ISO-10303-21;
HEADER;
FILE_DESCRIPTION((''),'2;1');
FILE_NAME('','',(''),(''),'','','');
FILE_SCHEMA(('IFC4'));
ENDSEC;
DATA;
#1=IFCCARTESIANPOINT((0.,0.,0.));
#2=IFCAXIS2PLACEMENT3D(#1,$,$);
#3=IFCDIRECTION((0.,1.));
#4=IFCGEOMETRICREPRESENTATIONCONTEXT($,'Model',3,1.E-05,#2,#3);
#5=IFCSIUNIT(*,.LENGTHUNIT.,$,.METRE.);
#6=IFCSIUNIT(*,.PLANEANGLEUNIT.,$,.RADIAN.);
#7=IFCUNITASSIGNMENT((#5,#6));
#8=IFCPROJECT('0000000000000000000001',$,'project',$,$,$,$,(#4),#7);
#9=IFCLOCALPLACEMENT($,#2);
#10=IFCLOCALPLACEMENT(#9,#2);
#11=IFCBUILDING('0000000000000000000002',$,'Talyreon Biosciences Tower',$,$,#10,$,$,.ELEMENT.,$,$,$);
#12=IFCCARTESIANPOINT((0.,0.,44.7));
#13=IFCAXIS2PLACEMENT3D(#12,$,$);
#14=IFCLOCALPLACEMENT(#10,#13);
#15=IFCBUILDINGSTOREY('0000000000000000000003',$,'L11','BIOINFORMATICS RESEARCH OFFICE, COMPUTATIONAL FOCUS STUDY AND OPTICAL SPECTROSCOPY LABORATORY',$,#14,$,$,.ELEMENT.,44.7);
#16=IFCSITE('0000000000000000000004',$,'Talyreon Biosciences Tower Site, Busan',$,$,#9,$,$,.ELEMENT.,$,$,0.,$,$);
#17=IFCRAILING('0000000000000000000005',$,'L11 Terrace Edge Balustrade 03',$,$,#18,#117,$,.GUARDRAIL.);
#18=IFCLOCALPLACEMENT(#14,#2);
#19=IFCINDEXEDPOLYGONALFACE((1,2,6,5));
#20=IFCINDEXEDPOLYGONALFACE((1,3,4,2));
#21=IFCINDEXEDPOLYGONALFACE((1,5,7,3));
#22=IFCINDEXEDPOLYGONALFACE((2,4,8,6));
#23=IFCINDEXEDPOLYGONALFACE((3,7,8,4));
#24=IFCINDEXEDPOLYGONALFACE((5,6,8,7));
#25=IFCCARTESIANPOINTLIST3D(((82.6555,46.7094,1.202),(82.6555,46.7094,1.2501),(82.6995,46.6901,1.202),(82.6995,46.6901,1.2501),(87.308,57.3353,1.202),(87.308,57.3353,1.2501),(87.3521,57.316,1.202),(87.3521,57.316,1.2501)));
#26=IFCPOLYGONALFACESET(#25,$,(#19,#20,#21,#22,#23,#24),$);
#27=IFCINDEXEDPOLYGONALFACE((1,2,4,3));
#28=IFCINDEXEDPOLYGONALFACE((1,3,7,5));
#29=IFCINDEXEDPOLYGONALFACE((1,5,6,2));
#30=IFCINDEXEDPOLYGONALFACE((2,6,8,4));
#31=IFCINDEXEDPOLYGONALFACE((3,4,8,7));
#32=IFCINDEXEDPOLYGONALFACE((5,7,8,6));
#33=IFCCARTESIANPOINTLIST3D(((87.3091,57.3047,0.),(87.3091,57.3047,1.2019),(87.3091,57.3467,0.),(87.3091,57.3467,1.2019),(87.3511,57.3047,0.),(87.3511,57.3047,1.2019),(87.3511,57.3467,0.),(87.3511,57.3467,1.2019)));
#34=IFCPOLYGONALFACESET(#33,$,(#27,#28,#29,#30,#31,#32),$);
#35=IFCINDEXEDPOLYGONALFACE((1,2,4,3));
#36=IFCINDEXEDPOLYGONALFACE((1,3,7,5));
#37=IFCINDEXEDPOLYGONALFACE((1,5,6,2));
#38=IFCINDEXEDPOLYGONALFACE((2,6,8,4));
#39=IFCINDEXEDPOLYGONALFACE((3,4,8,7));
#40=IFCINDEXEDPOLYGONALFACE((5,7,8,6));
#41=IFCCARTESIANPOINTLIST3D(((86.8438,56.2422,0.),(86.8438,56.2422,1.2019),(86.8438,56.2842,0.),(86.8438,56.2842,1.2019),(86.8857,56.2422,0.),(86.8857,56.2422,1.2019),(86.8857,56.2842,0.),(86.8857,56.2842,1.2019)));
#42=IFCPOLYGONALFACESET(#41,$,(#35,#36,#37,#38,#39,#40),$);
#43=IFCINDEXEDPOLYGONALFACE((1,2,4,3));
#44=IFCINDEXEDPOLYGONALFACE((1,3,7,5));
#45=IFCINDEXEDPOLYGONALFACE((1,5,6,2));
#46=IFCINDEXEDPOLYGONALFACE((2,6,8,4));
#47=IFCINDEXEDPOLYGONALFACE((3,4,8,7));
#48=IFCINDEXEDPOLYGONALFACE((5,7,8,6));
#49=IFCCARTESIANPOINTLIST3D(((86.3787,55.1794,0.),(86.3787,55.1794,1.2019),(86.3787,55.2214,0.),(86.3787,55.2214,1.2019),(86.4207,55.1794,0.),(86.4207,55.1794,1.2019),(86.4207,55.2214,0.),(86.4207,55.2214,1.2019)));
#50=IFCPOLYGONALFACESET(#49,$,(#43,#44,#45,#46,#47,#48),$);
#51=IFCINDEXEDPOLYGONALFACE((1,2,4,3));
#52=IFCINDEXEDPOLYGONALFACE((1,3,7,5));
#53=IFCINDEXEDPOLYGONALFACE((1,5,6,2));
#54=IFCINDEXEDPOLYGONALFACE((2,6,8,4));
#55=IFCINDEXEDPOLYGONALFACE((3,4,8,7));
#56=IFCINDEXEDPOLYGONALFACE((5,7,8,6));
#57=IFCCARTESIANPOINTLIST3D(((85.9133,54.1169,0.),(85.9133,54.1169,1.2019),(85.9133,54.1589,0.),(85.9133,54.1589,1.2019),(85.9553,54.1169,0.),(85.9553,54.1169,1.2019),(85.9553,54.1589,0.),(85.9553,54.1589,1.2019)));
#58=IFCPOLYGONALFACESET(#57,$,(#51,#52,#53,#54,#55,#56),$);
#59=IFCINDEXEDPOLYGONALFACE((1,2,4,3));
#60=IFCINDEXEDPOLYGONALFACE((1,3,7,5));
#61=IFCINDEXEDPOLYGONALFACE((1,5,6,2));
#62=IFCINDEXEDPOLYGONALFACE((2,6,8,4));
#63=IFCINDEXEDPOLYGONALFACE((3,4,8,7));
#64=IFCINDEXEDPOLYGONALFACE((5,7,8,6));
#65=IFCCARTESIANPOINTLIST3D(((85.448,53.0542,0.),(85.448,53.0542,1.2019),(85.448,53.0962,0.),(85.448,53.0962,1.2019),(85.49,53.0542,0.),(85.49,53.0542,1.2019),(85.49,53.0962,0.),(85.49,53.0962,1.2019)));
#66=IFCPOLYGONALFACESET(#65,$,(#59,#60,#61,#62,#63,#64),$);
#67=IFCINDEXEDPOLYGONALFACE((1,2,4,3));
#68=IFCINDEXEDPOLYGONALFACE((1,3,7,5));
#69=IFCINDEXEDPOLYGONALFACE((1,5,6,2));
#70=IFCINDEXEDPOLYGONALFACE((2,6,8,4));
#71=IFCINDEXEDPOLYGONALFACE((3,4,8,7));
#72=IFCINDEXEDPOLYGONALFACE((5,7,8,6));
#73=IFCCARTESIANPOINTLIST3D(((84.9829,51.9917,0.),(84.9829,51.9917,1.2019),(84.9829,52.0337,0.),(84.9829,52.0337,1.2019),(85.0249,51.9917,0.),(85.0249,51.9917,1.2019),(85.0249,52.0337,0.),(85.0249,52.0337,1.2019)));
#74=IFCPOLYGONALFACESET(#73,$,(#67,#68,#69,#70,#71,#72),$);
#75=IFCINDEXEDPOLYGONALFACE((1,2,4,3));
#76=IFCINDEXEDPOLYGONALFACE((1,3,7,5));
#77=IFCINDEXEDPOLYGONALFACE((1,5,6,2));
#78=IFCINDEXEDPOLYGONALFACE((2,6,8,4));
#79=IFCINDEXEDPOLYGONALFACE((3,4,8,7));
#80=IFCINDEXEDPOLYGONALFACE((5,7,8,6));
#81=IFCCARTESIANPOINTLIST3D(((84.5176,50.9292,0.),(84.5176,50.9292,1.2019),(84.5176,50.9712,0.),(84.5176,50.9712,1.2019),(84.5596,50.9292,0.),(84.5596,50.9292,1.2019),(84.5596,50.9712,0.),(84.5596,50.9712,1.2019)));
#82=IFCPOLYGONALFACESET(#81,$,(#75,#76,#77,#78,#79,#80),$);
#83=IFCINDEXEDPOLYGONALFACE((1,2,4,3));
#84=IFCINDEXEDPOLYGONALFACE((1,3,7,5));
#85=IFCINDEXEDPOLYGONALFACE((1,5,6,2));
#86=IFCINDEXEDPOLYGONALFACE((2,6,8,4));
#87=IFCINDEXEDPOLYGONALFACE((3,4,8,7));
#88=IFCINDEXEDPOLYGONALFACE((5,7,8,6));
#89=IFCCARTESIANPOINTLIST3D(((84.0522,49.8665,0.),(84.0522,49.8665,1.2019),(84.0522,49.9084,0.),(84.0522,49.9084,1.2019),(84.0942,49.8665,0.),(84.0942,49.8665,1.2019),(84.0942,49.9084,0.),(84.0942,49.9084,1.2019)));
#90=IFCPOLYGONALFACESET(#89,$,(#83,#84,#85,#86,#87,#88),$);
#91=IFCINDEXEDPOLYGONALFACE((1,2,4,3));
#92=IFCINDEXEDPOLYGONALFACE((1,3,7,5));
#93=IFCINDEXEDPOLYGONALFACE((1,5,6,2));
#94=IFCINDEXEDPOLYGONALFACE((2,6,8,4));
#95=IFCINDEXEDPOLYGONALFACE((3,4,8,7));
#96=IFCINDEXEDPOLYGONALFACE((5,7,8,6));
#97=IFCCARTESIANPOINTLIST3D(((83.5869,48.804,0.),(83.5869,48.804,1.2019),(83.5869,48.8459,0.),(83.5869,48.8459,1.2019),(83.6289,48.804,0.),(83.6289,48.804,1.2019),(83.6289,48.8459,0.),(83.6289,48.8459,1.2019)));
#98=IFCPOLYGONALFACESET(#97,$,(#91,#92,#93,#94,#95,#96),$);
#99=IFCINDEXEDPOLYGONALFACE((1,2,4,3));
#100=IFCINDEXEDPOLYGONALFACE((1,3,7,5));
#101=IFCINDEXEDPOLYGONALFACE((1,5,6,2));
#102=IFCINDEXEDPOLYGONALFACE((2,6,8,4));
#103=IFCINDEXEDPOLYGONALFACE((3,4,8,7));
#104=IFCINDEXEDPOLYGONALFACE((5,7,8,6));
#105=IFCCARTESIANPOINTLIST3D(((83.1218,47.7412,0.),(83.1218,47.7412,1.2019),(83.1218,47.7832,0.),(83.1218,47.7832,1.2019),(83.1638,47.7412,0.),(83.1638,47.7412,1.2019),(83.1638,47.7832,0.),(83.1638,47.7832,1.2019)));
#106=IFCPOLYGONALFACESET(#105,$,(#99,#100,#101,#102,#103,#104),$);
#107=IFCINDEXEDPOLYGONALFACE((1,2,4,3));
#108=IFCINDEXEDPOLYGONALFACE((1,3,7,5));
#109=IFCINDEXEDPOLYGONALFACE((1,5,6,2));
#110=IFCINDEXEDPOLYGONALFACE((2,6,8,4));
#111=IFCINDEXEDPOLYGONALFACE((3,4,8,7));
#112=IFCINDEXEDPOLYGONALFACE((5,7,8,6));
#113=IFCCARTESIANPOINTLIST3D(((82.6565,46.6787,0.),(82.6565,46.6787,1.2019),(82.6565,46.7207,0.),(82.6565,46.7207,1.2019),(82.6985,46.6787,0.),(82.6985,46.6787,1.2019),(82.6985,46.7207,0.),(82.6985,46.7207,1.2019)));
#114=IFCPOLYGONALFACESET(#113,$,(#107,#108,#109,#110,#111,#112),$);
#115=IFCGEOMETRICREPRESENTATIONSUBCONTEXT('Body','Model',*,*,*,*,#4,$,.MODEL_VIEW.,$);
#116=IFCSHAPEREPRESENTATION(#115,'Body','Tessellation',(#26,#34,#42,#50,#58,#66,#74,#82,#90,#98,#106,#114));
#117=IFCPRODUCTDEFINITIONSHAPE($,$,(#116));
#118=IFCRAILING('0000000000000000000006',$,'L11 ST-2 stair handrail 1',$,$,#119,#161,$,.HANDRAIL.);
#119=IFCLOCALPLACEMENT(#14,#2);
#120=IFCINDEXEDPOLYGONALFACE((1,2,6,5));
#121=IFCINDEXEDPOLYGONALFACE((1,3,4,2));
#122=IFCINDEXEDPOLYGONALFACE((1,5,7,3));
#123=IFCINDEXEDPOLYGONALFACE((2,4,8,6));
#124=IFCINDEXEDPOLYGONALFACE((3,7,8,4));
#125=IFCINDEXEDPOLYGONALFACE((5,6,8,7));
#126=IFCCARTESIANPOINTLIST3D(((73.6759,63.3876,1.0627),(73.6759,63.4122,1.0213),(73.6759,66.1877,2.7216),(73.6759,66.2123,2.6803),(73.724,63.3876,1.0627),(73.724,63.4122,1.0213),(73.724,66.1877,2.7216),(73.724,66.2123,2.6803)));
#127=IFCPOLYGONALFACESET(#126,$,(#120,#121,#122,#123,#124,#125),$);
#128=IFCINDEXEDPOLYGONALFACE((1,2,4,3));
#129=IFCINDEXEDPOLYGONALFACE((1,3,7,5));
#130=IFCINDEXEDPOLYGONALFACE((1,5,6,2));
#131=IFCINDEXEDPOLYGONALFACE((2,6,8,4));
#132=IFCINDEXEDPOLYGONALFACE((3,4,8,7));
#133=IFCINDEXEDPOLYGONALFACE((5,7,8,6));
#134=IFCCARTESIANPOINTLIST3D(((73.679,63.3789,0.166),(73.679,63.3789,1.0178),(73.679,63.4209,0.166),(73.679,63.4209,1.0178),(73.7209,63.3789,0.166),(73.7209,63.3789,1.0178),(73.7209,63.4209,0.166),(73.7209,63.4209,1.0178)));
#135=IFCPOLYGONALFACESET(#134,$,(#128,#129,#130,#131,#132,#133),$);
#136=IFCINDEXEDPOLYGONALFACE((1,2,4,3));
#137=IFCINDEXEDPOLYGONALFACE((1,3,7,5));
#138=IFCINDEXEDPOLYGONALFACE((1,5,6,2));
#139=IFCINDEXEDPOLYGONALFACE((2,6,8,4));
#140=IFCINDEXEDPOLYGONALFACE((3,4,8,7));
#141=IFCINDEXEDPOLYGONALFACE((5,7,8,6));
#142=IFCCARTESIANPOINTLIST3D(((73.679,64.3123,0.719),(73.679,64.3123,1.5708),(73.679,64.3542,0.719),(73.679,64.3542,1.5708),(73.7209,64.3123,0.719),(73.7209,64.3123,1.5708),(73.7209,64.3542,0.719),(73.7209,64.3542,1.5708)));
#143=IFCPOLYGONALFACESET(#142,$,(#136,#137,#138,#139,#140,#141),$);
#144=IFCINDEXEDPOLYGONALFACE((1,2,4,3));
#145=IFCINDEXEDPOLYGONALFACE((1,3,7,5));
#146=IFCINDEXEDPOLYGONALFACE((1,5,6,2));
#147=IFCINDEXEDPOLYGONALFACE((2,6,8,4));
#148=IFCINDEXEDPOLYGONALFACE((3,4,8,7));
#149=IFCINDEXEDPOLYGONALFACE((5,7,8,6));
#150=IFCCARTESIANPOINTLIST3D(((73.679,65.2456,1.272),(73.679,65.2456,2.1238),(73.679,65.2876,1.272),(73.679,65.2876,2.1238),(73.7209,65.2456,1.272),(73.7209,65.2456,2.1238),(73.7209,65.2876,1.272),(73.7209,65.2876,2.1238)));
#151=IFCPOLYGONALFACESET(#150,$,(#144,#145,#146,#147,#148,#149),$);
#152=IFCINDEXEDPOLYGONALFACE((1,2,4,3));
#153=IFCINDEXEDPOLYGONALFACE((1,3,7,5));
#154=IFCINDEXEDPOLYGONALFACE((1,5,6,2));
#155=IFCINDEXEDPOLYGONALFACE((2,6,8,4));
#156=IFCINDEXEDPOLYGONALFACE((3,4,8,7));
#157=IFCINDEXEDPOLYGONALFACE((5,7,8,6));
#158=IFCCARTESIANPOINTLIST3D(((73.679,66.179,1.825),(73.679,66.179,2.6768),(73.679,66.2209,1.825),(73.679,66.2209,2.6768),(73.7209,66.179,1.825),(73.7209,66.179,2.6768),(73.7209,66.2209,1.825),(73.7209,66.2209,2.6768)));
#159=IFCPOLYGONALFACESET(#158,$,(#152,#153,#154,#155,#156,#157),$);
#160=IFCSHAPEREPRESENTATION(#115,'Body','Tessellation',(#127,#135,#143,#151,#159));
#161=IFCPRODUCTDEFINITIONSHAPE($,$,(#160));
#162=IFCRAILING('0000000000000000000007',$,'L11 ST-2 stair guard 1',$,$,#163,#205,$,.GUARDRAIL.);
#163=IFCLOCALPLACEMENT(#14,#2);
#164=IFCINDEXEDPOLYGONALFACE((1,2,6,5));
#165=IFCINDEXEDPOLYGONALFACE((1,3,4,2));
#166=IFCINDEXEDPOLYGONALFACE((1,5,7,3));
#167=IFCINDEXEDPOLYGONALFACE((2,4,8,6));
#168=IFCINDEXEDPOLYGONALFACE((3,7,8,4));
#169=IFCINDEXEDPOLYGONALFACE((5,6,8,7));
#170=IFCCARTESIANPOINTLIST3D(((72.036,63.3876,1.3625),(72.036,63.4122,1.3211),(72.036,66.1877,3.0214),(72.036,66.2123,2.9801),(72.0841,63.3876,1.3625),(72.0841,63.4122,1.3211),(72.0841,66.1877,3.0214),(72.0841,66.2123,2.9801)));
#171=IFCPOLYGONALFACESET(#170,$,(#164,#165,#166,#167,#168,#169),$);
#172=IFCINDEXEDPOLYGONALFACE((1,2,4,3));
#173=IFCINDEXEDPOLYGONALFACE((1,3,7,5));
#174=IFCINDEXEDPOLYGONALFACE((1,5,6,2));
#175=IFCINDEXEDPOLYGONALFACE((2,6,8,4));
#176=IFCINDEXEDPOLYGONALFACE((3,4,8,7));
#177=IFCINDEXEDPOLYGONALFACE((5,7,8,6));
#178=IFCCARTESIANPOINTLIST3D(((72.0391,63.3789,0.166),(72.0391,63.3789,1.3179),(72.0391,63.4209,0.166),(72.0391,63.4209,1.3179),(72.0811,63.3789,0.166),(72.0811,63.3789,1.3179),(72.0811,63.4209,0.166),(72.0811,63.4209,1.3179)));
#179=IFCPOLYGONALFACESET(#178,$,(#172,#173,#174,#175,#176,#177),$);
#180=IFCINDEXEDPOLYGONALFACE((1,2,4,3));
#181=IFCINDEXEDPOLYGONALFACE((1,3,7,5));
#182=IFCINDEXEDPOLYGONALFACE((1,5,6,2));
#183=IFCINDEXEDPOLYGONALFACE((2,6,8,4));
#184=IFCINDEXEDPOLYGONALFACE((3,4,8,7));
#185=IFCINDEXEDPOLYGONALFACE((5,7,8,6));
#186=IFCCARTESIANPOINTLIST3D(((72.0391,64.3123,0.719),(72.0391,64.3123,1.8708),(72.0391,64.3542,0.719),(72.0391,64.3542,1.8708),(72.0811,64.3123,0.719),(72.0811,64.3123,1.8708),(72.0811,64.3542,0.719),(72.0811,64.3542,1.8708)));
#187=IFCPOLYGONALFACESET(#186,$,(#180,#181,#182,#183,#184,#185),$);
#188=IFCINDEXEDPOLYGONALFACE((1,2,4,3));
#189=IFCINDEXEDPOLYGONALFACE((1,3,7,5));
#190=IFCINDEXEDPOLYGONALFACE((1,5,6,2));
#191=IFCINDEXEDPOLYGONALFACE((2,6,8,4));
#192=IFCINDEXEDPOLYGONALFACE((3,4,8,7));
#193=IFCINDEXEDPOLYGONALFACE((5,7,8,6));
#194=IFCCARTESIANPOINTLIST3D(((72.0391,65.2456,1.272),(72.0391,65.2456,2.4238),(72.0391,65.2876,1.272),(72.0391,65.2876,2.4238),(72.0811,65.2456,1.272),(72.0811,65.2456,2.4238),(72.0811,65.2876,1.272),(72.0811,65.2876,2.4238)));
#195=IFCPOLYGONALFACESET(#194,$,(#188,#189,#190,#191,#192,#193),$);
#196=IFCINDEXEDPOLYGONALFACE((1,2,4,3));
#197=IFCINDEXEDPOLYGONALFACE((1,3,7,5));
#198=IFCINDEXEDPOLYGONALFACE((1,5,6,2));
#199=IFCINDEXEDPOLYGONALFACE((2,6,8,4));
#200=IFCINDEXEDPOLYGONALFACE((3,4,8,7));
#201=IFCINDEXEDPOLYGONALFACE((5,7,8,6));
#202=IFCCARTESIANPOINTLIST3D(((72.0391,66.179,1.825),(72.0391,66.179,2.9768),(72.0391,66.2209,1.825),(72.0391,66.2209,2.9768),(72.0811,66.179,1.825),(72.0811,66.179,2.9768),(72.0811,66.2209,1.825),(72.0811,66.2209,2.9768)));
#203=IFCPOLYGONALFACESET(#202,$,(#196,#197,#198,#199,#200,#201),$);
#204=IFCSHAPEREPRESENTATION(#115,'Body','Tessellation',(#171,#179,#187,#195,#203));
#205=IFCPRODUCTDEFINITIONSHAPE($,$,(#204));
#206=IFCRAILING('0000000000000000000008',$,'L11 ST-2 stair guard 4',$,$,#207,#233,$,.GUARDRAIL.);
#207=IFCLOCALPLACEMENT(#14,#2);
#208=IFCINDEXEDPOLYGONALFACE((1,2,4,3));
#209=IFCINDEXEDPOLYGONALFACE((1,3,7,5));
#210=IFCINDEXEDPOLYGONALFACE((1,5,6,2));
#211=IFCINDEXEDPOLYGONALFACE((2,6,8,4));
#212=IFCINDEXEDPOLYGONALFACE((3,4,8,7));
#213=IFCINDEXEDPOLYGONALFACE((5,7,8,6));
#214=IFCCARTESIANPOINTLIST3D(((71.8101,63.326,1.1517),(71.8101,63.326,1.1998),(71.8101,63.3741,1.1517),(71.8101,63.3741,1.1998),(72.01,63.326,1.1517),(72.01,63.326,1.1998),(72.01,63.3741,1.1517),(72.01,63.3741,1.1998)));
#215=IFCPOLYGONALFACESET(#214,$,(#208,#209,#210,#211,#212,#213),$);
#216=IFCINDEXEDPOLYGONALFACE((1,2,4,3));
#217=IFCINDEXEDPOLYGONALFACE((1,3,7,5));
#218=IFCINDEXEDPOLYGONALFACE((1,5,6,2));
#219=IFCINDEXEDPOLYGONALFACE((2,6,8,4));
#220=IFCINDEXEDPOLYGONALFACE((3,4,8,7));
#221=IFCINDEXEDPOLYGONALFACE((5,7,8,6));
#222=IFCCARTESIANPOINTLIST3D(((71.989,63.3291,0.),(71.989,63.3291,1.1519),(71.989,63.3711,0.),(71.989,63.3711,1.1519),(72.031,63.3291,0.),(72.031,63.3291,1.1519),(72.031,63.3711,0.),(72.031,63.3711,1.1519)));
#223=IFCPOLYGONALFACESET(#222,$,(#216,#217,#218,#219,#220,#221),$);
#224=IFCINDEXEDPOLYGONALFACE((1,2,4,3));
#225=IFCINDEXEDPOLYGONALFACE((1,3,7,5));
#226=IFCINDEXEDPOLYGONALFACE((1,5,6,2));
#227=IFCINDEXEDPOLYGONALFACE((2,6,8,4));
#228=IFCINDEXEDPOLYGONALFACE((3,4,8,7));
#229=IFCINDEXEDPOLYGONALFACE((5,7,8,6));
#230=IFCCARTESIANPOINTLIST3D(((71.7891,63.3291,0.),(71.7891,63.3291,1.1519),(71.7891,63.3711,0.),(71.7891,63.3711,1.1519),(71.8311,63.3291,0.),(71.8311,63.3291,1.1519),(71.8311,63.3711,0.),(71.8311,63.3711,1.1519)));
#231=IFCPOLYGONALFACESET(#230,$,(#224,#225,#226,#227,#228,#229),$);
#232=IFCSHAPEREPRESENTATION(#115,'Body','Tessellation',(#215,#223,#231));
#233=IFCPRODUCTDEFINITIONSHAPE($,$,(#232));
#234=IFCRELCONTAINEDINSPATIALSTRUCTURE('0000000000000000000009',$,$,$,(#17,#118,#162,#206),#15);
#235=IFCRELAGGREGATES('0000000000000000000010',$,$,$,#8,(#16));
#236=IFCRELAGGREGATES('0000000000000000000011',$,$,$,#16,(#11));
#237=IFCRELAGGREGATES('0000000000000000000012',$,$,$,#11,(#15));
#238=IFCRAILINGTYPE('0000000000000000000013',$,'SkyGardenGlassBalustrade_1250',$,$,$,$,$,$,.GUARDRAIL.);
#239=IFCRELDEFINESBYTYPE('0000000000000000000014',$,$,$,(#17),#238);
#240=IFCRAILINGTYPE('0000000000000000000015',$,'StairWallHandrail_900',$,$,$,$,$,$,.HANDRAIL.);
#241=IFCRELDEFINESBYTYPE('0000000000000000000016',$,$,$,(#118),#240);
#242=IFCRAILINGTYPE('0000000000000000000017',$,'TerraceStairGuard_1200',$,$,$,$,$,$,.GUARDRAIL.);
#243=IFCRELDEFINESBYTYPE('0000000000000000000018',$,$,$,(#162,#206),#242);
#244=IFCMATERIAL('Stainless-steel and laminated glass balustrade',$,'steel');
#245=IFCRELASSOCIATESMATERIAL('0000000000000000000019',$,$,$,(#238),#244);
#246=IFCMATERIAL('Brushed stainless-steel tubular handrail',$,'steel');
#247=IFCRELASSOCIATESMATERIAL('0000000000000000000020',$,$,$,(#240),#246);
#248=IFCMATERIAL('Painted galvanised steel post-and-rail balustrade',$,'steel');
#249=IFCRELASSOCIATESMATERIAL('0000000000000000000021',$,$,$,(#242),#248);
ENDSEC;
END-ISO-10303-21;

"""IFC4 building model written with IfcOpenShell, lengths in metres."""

from ifc_helpers import new_model, si_unit, direction, frame, origin, origin_2d, place, context, subcontext, project, spatial, rectangle, extrude, material, type_object, element, save


model = new_model("IFC4")

# Units and contexts
model_context = context("Model", 3, precision=1e-05, world=origin(), true_north=direction((0.0, 1.0)))
body_context = subcontext(model_context, "Body", "Model", "MODEL_VIEW")
ifc_project = project(units=[si_unit("LENGTHUNIT", "METRE"), si_unit("PLANEANGLEUNIT", "RADIAN")], contexts=[model_context])

# Site, building, storey
site_placement = place(None, origin())
site = spatial("IfcSite", under=ifc_project, at=site_placement, Name="Talyreon Biosciences Tower Site, Busan", CompositionType="ELEMENT", RefElevation=0.0)
building_placement = place(site_placement, origin())
building = spatial("IfcBuilding", under=site, at=building_placement, Name="Talyreon Biosciences Tower", CompositionType="ELEMENT")
storey_placement = place(building_placement, frame((0.0, 0.0, 44.7)))
storey = spatial("IfcBuildingStorey", under=building, at=storey_placement, Name="L11", Description="BIOINFORMATICS RESEARCH OFFICE, COMPUTATIONAL FOCUS STUDY AND OPTICAL SPECTROSCOPY LABORATORY", CompositionType="ELEMENT", Elevation=44.7)

# Railings
ifc_material_1 = material(Name="Stainless-steel and laminated glass balustrade", Category="steel")
railing_type_1 = type_object("IfcRailingType", Name="SkyGardenGlassBalustrade_1250", PredefinedType="GUARDRAIL", material=ifc_material_1)
railing_1_placement = place(storey_placement, frame((87.3301, 57.3257, 0.0)))
element("IfcRailing", 1, at=railing_1_placement, inside=storey, type_object=railing_type_1, Name="L11 Terrace Edge Balustrade 03", PredefinedType="GUARDRAIL", context=body_context, shape_type="SweptSolid", body=[
    extrude(rectangle(XDim=0.0481, YDim=0.0481, at=origin_2d()), frame((0.0, 0.0, 1.2261), z_axis=(-0.401088, -0.916039, 0.0), x_axis=(0.916039, -0.401088, 0.0)), (0.0, 0.0, 1.0), 11.5999),
    extrude(rectangle(XDim=0.042, YDim=0.042, at=origin_2d()), origin(), (0.0, 0.0, 1.0), 1.2019),
    extrude(rectangle(XDim=0.042, YDim=0.042, at=origin_2d()), frame((-0.4653, -1.0625, 0.0)), (0.0, 0.0, 1.0), 1.2019),
    extrude(rectangle(XDim=0.042, YDim=0.042, at=origin_2d()), frame((-0.9304, -2.1252, 0.0)), (0.0, 0.0, 1.0), 1.2019),
    extrude(rectangle(XDim=0.042, YDim=0.042, at=origin_2d()), frame((-1.3958, -3.1877, 0.0)), (0.0, 0.0, 1.0), 1.2019),
    extrude(rectangle(XDim=0.042, YDim=0.042, at=origin_2d()), frame((-1.8611, -4.2505, 0.0)), (0.0, 0.0, 1.0), 1.2019),
    extrude(rectangle(XDim=0.042, YDim=0.042, at=origin_2d()), frame((-2.3262, -5.313, 0.0)), (0.0, 0.0, 1.0), 1.2019),
    extrude(rectangle(XDim=0.042, YDim=0.042, at=origin_2d()), frame((-2.7915, -6.3755, 0.0)), (0.0, 0.0, 1.0), 1.2019),
    extrude(rectangle(XDim=0.042, YDim=0.042, at=origin_2d()), frame((-3.2568, -7.4382, 0.0)), (0.0, 0.0, 1.0), 1.2019),
    extrude(rectangle(XDim=0.042, YDim=0.042, at=origin_2d()), frame((-3.7222, -8.5007, 0.0)), (0.0, 0.0, 1.0), 1.2019),
    extrude(rectangle(XDim=0.042, YDim=0.042, at=origin_2d()), frame((-4.1873, -9.5635, 0.0)), (0.0, 0.0, 1.0), 1.2019),
    extrude(rectangle(XDim=0.042, YDim=0.042, at=origin_2d()), frame((-4.6526, -10.626, 0.0)), (0.0, 0.0, 1.0), 1.2019),
])
ifc_material_2 = material(Name="Brushed stainless-steel tubular handrail", Category="steel")
railing_type_2 = type_object("IfcRailingType", Name="StairWallHandrail_900", PredefinedType="HANDRAIL", material=ifc_material_2)
railing_2_placement = place(storey_placement, frame((73.7, 63.3999, 0.166)))
element("IfcRailing", 2, at=railing_2_placement, inside=storey, type_object=railing_type_2, Name="L11 ST-2 stair handrail 1", PredefinedType="HANDRAIL", context=body_context, shape_type="SweptSolid", body=[
    extrude(rectangle(XDim=0.0481, YDim=0.0481, at=origin_2d()), frame((0.0, 0.0, 0.876), z_axis=(0.0, 0.860339, 0.509722), x_axis=(-1.0, 0.0, 0.0)), (0.0, 0.0, 1.0), 3.2546),
    extrude(rectangle(XDim=0.042, YDim=0.042, at=origin_2d()), origin(), (0.0, 0.0, 1.0), 0.8518),
    extrude(rectangle(XDim=0.042, YDim=0.042, at=origin_2d()), frame((0.0, 0.9333, 0.553)), (0.0, 0.0, 1.0), 0.8518),
    extrude(rectangle(XDim=0.042, YDim=0.042, at=origin_2d()), frame((0.0, 1.8667, 1.106)), (0.0, 0.0, 1.0), 0.8518),
    extrude(rectangle(XDim=0.042, YDim=0.042, at=origin_2d()), frame((0.0, 2.8, 1.6589)), (0.0, 0.0, 1.0), 0.8518),
])
ifc_material_3 = material(Name="Painted galvanised steel post-and-rail balustrade", Category="steel")
railing_type_3 = type_object("IfcRailingType", Name="TerraceStairGuard_1200", PredefinedType="GUARDRAIL", material=ifc_material_3)
railing_3_placement = place(storey_placement, frame((72.0601, 63.3999, 0.166)))
element("IfcRailing", 3, at=railing_3_placement, inside=storey, type_object=railing_type_3, Name="L11 ST-2 stair guard 1", PredefinedType="GUARDRAIL", context=body_context, shape_type="SweptSolid", body=[
    extrude(rectangle(XDim=0.0481, YDim=0.0481, at=origin_2d()), frame((0.0, 0.0, 1.1758), z_axis=(0.0, 0.860339, 0.509722), x_axis=(-1.0, 0.0, 0.0)), (0.0, 0.0, 1.0), 3.2546),
    extrude(rectangle(XDim=0.042, YDim=0.042, at=origin_2d()), origin(), (0.0, 0.0, 1.0), 1.1519),
    extrude(rectangle(XDim=0.042, YDim=0.042, at=origin_2d()), frame((0.0, 0.9333, 0.553)), (0.0, 0.0, 1.0), 1.1519),
    extrude(rectangle(XDim=0.042, YDim=0.042, at=origin_2d()), frame((0.0, 1.8667, 1.106)), (0.0, 0.0, 1.0), 1.1519),
    extrude(rectangle(XDim=0.042, YDim=0.042, at=origin_2d()), frame((0.0, 2.8, 1.6589)), (0.0, 0.0, 1.0), 1.1519),
])
railing_4_placement = place(storey_placement, frame((72.01, 63.3501, 0.0)))
element("IfcRailing", 4, at=railing_4_placement, inside=storey, type_object=railing_type_3, Name="L11 ST-2 stair guard 4", PredefinedType="GUARDRAIL", context=body_context, shape_type="SweptSolid", body=[
    extrude(rectangle(XDim=0.0481, YDim=0.0481, at=origin_2d()), frame((0.0, 0.0, 1.1758), z_axis=(-1.0, 0.0, 0.0), x_axis=(0.0, -1.0, 0.0)), (0.0, 0.0, 1.0), 0.2),
    extrude(rectangle(XDim=0.042, YDim=0.042, at=origin_2d()), origin(), (0.0, 0.0, 1.0), 1.1519),
    extrude(rectangle(XDim=0.042, YDim=0.042, at=origin_2d()), frame((-0.2, 0.0, 0.0)), (0.0, 0.0, 1.0), 1.1519),
])

save(model, "model.ifc")
